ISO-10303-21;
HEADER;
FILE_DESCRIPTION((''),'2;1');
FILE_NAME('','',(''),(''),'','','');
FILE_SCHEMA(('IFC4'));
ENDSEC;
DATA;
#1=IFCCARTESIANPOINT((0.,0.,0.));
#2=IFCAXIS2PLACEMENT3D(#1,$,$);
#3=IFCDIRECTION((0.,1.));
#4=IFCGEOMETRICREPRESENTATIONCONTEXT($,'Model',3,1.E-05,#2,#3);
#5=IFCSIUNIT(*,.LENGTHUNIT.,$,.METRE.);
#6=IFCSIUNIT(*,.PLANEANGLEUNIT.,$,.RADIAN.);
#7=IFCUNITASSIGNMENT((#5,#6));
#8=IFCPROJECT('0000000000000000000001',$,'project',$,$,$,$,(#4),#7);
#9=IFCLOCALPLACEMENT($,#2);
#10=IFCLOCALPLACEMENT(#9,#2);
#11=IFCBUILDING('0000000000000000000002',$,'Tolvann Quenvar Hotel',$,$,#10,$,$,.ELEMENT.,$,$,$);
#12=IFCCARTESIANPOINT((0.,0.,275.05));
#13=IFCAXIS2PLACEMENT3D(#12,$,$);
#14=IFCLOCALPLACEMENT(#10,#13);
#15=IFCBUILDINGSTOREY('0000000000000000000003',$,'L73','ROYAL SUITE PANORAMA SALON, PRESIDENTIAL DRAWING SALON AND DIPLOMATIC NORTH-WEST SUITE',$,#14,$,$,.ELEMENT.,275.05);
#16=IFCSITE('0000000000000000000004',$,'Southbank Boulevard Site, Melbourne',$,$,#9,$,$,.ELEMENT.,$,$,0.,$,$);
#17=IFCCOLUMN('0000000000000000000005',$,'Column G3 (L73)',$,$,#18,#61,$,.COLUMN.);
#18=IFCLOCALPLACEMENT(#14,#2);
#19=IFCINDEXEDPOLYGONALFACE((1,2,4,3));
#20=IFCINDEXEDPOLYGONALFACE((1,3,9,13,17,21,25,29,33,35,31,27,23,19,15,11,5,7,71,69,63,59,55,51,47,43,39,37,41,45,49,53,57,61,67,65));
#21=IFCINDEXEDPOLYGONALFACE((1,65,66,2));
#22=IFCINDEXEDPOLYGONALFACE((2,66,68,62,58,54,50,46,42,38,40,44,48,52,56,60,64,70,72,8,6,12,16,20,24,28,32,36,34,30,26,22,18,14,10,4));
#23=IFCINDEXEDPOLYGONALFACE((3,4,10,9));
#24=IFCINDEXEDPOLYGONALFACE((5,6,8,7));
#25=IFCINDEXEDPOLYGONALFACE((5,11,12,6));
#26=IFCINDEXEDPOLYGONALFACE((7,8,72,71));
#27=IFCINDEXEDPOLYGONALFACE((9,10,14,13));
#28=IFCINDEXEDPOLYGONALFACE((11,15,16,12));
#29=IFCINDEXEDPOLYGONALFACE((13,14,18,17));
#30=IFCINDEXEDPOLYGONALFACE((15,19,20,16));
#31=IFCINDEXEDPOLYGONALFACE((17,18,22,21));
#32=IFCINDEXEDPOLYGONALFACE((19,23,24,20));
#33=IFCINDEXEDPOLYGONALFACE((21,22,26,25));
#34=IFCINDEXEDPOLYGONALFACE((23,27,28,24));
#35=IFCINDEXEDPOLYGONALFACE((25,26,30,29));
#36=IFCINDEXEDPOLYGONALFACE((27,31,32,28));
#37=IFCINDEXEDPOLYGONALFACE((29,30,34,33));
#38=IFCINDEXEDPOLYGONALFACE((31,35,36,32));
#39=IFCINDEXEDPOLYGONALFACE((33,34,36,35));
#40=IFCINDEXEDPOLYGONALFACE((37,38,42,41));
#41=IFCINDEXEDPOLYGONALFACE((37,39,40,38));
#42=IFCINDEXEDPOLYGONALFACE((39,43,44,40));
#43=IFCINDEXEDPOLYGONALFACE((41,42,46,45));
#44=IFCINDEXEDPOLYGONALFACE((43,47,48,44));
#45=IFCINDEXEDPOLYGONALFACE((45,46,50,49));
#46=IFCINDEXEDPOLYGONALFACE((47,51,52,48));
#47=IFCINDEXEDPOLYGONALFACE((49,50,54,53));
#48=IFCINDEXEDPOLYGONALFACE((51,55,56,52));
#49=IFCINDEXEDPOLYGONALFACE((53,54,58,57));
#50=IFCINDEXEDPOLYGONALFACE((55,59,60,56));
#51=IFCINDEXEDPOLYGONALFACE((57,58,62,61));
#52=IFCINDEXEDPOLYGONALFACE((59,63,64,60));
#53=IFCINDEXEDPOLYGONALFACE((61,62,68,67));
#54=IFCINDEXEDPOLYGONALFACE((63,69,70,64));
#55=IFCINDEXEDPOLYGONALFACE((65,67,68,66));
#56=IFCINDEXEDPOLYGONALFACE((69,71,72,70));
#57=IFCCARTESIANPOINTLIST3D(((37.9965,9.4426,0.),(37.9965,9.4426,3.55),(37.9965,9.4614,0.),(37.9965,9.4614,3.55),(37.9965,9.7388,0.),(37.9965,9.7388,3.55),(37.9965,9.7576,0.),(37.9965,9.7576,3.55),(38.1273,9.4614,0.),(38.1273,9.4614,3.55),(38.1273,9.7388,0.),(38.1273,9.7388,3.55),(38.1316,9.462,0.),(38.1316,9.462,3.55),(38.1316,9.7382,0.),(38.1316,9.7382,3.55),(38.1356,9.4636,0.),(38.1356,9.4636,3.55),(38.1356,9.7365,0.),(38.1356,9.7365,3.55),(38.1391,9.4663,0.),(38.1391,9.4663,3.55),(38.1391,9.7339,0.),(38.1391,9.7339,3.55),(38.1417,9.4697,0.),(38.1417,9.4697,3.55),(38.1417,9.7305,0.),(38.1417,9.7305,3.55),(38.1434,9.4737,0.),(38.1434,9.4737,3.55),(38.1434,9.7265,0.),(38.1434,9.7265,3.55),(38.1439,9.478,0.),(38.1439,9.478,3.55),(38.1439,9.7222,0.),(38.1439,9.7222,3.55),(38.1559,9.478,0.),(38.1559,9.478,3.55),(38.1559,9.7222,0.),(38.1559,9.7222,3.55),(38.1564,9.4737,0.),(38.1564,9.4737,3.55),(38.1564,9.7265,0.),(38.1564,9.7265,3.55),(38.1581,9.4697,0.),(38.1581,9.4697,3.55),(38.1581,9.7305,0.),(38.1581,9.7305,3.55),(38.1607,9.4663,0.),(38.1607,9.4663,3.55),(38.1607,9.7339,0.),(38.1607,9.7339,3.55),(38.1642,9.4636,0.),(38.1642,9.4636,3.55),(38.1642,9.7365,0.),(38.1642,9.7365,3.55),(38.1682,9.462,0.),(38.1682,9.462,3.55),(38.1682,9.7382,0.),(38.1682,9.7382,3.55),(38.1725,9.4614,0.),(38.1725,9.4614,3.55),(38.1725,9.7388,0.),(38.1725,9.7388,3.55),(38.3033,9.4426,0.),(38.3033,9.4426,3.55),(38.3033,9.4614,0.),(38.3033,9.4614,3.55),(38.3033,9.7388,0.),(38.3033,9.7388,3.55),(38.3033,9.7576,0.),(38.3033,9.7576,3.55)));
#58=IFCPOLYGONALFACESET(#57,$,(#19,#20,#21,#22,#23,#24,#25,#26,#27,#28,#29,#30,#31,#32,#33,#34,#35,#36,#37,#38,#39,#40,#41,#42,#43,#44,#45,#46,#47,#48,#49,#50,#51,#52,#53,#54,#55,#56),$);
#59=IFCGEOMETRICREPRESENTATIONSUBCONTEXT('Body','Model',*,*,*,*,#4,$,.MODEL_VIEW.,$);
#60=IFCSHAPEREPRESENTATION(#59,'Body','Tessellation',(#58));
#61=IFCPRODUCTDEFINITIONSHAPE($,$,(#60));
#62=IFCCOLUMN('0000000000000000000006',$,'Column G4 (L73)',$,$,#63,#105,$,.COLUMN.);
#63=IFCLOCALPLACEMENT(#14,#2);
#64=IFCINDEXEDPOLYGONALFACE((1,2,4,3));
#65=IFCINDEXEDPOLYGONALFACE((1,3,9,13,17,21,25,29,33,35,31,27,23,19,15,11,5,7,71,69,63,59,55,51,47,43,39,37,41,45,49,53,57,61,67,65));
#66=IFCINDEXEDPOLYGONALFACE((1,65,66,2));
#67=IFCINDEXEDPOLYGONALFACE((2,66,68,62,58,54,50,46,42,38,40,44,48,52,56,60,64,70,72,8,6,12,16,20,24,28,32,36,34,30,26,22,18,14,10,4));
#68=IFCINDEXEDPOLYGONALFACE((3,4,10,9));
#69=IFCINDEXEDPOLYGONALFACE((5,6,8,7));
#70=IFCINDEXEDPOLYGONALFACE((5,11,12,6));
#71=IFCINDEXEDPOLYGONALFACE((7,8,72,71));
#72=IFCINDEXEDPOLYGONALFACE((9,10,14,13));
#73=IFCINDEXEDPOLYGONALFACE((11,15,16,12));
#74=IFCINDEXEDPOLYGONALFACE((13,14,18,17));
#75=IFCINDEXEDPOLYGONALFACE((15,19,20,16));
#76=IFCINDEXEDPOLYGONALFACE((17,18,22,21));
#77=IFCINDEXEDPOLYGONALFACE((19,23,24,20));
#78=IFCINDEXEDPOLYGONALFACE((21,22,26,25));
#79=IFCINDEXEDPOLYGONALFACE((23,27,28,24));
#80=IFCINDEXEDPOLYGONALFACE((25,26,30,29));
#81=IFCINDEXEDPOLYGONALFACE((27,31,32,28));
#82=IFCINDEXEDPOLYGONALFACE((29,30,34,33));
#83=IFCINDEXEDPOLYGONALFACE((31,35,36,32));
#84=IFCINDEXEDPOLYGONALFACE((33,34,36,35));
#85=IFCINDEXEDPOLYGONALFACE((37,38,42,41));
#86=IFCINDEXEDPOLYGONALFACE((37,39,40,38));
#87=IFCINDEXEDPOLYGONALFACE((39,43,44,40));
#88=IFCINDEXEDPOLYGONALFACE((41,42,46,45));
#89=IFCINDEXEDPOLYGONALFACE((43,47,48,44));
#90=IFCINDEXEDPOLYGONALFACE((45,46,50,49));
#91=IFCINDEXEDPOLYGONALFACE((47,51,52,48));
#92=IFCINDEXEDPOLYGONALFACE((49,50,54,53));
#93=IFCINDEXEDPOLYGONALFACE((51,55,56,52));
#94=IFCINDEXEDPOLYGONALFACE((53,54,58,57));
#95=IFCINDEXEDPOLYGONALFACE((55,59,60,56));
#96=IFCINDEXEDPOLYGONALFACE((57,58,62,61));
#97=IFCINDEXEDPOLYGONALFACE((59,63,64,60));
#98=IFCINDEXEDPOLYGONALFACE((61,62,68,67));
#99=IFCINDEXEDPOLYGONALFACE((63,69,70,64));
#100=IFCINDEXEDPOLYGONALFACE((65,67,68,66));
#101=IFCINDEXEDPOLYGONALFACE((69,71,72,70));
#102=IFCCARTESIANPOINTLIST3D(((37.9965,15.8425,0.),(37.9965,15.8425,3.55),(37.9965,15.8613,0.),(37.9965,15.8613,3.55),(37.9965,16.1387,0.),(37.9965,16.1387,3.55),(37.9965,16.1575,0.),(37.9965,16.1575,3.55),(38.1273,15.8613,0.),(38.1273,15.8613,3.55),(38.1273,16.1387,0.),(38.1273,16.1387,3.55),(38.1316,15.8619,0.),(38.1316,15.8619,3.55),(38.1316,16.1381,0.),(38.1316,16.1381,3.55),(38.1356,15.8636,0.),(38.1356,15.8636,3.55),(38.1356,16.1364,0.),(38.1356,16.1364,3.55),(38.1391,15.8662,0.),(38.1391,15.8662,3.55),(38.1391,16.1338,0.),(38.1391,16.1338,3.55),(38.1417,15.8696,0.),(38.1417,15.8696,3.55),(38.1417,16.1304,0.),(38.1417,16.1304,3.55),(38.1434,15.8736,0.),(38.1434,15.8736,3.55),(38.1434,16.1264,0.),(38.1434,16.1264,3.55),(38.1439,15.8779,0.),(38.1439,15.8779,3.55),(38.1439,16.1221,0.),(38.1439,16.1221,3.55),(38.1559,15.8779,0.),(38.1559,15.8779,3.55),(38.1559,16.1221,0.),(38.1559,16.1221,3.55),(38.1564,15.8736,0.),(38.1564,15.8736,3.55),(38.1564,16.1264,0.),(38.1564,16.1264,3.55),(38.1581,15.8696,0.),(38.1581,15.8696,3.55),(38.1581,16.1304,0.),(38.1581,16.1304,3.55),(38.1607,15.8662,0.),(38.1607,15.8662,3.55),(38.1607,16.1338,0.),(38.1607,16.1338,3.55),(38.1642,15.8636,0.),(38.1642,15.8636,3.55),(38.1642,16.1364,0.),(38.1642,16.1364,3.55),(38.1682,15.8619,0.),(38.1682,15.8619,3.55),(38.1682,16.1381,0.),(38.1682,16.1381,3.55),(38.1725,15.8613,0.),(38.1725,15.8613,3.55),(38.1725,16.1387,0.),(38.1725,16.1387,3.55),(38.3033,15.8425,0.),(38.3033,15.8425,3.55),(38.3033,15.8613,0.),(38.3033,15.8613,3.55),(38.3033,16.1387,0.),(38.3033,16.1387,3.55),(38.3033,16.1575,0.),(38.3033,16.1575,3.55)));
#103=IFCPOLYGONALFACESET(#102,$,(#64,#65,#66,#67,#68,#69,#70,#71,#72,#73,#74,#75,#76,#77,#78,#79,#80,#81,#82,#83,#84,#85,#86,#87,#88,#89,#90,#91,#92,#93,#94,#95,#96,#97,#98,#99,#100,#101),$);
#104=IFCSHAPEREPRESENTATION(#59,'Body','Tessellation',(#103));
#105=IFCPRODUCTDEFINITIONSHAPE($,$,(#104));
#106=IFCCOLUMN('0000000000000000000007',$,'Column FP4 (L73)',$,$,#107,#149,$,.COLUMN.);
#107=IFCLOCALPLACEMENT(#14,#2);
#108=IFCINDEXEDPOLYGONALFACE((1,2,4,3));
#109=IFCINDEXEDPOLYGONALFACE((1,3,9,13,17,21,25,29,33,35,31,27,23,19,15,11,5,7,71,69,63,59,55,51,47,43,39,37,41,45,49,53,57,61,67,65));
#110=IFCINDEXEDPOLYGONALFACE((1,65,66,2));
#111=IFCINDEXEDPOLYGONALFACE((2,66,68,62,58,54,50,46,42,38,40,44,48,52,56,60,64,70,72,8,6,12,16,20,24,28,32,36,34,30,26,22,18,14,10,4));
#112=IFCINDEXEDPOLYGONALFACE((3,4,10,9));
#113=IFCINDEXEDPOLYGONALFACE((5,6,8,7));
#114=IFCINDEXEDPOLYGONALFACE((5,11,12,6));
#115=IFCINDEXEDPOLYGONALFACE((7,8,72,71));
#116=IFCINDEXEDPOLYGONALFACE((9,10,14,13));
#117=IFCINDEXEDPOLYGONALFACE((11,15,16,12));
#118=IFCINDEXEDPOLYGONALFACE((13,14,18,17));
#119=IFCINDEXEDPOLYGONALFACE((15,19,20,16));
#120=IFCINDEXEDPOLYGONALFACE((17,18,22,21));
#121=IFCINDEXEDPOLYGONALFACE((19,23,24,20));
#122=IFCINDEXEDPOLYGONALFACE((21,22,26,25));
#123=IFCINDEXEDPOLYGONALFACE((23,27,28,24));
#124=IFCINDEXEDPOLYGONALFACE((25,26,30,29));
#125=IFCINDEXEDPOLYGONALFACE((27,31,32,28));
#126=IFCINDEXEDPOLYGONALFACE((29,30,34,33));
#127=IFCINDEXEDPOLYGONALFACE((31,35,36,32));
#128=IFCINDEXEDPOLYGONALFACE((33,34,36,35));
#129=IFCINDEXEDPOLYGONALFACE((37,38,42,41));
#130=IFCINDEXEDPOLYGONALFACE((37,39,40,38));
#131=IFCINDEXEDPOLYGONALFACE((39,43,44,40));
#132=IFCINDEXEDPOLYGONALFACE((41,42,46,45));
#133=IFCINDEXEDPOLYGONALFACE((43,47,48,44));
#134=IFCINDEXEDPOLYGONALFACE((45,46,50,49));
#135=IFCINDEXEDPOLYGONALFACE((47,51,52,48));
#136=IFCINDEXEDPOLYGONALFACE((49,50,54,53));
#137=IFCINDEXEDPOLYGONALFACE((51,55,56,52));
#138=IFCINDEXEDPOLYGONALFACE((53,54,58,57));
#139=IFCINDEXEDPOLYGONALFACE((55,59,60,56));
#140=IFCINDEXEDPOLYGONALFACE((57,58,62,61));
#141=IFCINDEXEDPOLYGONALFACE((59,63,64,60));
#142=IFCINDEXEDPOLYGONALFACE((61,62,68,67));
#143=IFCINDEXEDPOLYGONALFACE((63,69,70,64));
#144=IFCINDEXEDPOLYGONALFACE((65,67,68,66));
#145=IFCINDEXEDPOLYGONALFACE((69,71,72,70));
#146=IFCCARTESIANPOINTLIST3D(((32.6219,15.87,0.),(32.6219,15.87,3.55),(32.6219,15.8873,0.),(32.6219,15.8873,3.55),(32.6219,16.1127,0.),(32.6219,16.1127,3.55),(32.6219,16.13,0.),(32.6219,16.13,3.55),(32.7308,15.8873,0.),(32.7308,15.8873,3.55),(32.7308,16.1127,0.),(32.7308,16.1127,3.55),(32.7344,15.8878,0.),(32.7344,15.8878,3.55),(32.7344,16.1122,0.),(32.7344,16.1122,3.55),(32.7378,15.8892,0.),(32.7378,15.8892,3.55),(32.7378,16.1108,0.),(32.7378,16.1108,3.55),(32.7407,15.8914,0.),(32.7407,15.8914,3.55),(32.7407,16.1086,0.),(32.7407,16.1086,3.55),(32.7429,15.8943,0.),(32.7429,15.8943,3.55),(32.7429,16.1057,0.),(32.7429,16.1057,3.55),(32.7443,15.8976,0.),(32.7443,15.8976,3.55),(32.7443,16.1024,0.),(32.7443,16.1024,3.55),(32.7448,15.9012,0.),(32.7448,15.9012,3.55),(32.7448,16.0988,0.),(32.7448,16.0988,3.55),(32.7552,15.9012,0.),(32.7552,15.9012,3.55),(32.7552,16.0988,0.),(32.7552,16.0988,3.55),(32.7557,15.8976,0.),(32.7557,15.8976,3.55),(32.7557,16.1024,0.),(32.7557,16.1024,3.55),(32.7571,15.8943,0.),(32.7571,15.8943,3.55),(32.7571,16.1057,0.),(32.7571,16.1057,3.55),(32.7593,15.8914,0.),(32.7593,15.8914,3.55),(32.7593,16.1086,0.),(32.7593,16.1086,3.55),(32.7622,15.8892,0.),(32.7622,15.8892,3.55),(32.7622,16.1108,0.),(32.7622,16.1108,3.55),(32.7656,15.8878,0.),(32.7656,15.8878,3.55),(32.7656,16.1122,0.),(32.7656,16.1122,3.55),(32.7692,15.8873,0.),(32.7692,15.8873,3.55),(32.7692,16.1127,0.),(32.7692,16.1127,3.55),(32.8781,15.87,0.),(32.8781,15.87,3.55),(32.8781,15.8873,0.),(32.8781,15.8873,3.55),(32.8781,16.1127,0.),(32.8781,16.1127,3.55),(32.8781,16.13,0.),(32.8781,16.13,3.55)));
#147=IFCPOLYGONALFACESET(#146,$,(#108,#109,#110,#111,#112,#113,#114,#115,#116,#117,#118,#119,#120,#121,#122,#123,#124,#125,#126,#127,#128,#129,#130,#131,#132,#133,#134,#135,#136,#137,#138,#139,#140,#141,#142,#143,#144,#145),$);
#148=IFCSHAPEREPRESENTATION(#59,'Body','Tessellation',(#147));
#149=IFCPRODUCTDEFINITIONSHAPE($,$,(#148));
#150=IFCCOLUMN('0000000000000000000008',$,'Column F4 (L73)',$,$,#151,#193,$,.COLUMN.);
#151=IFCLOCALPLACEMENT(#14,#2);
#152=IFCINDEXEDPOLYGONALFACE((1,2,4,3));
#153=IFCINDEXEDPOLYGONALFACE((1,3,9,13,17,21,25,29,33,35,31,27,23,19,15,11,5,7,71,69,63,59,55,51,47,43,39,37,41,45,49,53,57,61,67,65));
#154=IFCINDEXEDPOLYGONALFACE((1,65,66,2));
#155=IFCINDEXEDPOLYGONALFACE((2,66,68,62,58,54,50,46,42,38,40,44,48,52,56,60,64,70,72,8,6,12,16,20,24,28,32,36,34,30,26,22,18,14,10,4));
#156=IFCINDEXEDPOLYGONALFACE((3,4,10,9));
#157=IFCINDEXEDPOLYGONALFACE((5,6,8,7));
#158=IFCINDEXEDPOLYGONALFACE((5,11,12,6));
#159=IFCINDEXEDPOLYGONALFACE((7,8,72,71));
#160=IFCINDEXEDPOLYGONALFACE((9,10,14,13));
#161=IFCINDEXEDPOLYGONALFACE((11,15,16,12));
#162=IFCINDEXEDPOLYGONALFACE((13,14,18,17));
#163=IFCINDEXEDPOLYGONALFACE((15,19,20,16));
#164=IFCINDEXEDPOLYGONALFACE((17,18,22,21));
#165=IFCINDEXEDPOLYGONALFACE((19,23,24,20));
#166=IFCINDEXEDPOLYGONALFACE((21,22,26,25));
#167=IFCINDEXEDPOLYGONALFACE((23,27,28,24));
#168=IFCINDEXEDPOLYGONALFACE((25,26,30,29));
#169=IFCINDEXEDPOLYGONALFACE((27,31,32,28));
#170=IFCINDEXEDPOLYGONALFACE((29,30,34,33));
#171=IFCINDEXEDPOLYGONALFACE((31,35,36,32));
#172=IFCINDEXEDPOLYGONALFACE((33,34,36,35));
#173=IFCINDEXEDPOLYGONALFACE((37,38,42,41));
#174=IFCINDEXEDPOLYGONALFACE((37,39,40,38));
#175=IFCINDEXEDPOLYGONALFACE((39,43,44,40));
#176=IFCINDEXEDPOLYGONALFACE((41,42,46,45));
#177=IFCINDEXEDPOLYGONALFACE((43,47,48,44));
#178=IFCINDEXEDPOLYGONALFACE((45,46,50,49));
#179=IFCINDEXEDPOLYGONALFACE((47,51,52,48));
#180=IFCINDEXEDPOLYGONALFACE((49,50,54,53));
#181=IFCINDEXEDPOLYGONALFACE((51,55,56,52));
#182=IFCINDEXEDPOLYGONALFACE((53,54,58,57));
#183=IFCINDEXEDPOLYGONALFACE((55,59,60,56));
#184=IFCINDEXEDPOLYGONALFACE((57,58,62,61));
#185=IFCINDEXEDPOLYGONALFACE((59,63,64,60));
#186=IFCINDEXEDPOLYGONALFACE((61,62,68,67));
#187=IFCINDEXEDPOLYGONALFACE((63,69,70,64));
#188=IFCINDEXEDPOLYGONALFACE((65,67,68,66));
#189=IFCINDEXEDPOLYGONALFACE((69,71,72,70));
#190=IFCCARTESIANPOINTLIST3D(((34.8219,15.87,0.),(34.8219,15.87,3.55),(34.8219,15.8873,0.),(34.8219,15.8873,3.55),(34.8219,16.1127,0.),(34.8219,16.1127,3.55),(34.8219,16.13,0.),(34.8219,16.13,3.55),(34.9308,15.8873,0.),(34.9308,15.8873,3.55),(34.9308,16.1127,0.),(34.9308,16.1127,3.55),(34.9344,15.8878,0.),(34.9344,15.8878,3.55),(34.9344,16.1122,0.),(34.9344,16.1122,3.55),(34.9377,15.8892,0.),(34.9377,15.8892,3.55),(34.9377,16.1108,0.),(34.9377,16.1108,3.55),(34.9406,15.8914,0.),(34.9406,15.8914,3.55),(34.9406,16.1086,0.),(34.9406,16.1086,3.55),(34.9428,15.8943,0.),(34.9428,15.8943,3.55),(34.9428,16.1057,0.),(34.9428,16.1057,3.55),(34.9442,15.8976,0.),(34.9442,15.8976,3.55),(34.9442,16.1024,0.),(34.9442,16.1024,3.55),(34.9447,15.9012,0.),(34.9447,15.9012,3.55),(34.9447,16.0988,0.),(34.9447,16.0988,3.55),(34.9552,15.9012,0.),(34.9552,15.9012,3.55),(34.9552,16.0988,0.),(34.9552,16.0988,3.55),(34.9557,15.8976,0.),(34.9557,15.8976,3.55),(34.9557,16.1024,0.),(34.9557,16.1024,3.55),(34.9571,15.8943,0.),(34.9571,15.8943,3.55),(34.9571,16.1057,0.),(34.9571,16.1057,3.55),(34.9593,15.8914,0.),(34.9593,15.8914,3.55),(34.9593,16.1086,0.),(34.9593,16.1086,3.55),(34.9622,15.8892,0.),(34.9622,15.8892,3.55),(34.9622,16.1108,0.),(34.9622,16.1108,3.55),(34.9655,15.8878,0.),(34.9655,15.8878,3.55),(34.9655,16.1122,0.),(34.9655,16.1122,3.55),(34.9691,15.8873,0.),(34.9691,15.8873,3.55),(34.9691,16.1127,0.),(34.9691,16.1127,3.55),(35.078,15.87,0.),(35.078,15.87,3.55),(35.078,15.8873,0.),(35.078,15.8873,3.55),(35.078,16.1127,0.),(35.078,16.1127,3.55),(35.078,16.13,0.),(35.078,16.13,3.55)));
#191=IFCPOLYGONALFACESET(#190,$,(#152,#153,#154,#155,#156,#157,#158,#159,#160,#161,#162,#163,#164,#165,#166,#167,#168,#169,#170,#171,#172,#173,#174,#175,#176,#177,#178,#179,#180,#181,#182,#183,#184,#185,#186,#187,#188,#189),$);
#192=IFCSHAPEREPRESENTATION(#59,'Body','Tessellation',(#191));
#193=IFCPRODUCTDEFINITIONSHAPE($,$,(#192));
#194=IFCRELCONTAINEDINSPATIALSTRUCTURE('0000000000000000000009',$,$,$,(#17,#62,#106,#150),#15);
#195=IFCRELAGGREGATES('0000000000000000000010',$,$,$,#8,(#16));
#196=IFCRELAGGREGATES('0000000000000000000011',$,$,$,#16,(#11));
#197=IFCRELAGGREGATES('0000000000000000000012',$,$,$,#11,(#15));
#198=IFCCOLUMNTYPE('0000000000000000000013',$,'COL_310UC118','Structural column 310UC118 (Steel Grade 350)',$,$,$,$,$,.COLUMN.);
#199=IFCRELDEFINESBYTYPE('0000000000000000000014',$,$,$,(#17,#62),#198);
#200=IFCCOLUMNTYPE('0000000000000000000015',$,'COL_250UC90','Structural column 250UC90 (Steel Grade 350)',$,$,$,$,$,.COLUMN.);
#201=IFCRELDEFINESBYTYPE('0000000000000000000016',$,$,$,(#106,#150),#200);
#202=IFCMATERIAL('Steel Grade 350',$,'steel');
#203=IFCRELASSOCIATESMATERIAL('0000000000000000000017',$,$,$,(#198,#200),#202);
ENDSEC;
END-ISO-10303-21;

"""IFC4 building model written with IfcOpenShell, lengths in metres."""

from ifc_helpers import new_model, si_unit, direction, frame, origin, origin_2d, place, context, subcontext, project, spatial, i_section, extrude, source, transform, mapped, material, material_profile, profile_set, type_object, type_shapes, element, save


model = new_model("IFC4")

# Units and contexts
model_context = context("Model", 3, precision=1e-05, world=origin(), true_north=direction((0.0, 1.0)))
body_context = subcontext(model_context, "Body", "Model", "MODEL_VIEW")
ifc_project = project(units=[si_unit("LENGTHUNIT", "METRE"), si_unit("PLANEANGLEUNIT", "RADIAN")], contexts=[model_context])

# Site, building, storey
site_placement = place(None, origin())
site = spatial("IfcSite", under=ifc_project, at=site_placement, Name="Southbank Boulevard Site, Melbourne", CompositionType="ELEMENT", RefElevation=0.0)
building_placement = place(site_placement, origin())
building = spatial("IfcBuilding", under=site, at=building_placement, Name="Tolvann Quenvar Hotel", CompositionType="ELEMENT")
storey_placement = place(building_placement, frame((0.0, 0.0, 275.05)))
storey = spatial("IfcBuildingStorey", under=building, at=storey_placement, Name="L73", Description="ROYAL SUITE PANORAMA SALON, PRESIDENTIAL DRAWING SALON AND DIPLOMATIC NORTH-WEST SUITE", CompositionType="ELEMENT", Elevation=275.05)

# Columns
ifc_material_1 = material(Name="Steel Grade 350", Category="steel")
ifc_material_profile_1 = material_profile(ifc_material_1, i_section(OverallWidth=0.3069, OverallDepth=0.3149, WebThickness=0.012, FlangeThickness=0.0188, FilletRadius=0.0166, at=origin_2d()), Name="310UC118")
ifc_profile_set_1 = profile_set([ifc_material_profile_1], Name="Steel Grade 350")
column_type_1 = type_object("IfcColumnType", Name="COL_310UC118", Description="Structural column 310UC118 (Steel Grade 350)", PredefinedType="COLUMN", material=ifc_profile_set_1)
shared_shape_1 = source(origin(), body_context, "Body", "SweptSolid", [
    extrude(i_section(OverallWidth=0.3069, OverallDepth=0.3149, WebThickness=0.012, FlangeThickness=0.0188, FilletRadius=0.0166, at=origin_2d()), origin(), (0.0, 0.0, 1.0), 3.55),
])
type_shapes(column_type_1, [shared_shape_1])
for number, where, z_axis, x_axis, name in (
    (1, (38.1499, 9.6001, 0.0), (0.0, 0.0, 1.0), (1.0, 0.0, 0.0), "Column G3 (L73)"),
    (2, (38.1499, 16.0, 0.0), (0.0, 0.0, 1.0), (1.0, 0.0, 0.0), "Column G4 (L73)"),
):
    element("IfcColumn", number, at=place(storey_placement, frame(where, z_axis=z_axis, x_axis=x_axis)), inside=storey, type_object=column_type_1, Name=name, PredefinedType="COLUMN", context=body_context, shape_type="MappedRepresentation", body=[
        mapped(shared_shape_1, transform((0.0, 0.0, 0.0), x_axis=(1.0, 0.0, 0.0), y_axis=(0.0, 1.0, 0.0), z_axis=(0.0, 0.0, 1.0), scale=1.0)),
    ])
ifc_material_profile_2 = material_profile(ifc_material_1, i_section(OverallWidth=0.2561, OverallDepth=0.26, WebThickness=0.0105, FlangeThickness=0.0173, FilletRadius=0.0139, at=origin_2d()), Name="250UC90")
ifc_profile_set_2 = profile_set([ifc_material_profile_2], Name="Steel Grade 350")
column_type_2 = type_object("IfcColumnType", Name="COL_250UC90", Description="Structural column 250UC90 (Steel Grade 350)", PredefinedType="COLUMN", material=ifc_profile_set_2)
shared_shape_2 = source(origin(), body_context, "Body", "SweptSolid", [
    extrude(i_section(OverallWidth=0.2561, OverallDepth=0.26, WebThickness=0.0105, FlangeThickness=0.0173, FilletRadius=0.0139, at=origin_2d()), origin(), (0.0, 0.0, 1.0), 3.55),
])
type_shapes(column_type_2, [shared_shape_2])
for number, where, z_axis, x_axis, name in (
    (3, (32.75, 16.0, 0.0), (0.0, 0.0, 1.0), (1.0, 0.0, 0.0), "Column FP4 (L73)"),
    (4, (34.95, 16.0, 0.0), (0.0, 0.0, 1.0), (1.0, 0.0, 0.0), "Column F4 (L73)"),
):
    element("IfcColumn", number, at=place(storey_placement, frame(where, z_axis=z_axis, x_axis=x_axis)), inside=storey, type_object=column_type_2, Name=name, PredefinedType="COLUMN", context=body_context, shape_type="MappedRepresentation", body=[
        mapped(shared_shape_2, transform((0.0, 0.0, 0.0), x_axis=(1.0, 0.0, 0.0), y_axis=(0.0, 1.0, 0.0), z_axis=(0.0, 0.0, 1.0), scale=1.0)),
    ])

save(model, "model.ifc")
